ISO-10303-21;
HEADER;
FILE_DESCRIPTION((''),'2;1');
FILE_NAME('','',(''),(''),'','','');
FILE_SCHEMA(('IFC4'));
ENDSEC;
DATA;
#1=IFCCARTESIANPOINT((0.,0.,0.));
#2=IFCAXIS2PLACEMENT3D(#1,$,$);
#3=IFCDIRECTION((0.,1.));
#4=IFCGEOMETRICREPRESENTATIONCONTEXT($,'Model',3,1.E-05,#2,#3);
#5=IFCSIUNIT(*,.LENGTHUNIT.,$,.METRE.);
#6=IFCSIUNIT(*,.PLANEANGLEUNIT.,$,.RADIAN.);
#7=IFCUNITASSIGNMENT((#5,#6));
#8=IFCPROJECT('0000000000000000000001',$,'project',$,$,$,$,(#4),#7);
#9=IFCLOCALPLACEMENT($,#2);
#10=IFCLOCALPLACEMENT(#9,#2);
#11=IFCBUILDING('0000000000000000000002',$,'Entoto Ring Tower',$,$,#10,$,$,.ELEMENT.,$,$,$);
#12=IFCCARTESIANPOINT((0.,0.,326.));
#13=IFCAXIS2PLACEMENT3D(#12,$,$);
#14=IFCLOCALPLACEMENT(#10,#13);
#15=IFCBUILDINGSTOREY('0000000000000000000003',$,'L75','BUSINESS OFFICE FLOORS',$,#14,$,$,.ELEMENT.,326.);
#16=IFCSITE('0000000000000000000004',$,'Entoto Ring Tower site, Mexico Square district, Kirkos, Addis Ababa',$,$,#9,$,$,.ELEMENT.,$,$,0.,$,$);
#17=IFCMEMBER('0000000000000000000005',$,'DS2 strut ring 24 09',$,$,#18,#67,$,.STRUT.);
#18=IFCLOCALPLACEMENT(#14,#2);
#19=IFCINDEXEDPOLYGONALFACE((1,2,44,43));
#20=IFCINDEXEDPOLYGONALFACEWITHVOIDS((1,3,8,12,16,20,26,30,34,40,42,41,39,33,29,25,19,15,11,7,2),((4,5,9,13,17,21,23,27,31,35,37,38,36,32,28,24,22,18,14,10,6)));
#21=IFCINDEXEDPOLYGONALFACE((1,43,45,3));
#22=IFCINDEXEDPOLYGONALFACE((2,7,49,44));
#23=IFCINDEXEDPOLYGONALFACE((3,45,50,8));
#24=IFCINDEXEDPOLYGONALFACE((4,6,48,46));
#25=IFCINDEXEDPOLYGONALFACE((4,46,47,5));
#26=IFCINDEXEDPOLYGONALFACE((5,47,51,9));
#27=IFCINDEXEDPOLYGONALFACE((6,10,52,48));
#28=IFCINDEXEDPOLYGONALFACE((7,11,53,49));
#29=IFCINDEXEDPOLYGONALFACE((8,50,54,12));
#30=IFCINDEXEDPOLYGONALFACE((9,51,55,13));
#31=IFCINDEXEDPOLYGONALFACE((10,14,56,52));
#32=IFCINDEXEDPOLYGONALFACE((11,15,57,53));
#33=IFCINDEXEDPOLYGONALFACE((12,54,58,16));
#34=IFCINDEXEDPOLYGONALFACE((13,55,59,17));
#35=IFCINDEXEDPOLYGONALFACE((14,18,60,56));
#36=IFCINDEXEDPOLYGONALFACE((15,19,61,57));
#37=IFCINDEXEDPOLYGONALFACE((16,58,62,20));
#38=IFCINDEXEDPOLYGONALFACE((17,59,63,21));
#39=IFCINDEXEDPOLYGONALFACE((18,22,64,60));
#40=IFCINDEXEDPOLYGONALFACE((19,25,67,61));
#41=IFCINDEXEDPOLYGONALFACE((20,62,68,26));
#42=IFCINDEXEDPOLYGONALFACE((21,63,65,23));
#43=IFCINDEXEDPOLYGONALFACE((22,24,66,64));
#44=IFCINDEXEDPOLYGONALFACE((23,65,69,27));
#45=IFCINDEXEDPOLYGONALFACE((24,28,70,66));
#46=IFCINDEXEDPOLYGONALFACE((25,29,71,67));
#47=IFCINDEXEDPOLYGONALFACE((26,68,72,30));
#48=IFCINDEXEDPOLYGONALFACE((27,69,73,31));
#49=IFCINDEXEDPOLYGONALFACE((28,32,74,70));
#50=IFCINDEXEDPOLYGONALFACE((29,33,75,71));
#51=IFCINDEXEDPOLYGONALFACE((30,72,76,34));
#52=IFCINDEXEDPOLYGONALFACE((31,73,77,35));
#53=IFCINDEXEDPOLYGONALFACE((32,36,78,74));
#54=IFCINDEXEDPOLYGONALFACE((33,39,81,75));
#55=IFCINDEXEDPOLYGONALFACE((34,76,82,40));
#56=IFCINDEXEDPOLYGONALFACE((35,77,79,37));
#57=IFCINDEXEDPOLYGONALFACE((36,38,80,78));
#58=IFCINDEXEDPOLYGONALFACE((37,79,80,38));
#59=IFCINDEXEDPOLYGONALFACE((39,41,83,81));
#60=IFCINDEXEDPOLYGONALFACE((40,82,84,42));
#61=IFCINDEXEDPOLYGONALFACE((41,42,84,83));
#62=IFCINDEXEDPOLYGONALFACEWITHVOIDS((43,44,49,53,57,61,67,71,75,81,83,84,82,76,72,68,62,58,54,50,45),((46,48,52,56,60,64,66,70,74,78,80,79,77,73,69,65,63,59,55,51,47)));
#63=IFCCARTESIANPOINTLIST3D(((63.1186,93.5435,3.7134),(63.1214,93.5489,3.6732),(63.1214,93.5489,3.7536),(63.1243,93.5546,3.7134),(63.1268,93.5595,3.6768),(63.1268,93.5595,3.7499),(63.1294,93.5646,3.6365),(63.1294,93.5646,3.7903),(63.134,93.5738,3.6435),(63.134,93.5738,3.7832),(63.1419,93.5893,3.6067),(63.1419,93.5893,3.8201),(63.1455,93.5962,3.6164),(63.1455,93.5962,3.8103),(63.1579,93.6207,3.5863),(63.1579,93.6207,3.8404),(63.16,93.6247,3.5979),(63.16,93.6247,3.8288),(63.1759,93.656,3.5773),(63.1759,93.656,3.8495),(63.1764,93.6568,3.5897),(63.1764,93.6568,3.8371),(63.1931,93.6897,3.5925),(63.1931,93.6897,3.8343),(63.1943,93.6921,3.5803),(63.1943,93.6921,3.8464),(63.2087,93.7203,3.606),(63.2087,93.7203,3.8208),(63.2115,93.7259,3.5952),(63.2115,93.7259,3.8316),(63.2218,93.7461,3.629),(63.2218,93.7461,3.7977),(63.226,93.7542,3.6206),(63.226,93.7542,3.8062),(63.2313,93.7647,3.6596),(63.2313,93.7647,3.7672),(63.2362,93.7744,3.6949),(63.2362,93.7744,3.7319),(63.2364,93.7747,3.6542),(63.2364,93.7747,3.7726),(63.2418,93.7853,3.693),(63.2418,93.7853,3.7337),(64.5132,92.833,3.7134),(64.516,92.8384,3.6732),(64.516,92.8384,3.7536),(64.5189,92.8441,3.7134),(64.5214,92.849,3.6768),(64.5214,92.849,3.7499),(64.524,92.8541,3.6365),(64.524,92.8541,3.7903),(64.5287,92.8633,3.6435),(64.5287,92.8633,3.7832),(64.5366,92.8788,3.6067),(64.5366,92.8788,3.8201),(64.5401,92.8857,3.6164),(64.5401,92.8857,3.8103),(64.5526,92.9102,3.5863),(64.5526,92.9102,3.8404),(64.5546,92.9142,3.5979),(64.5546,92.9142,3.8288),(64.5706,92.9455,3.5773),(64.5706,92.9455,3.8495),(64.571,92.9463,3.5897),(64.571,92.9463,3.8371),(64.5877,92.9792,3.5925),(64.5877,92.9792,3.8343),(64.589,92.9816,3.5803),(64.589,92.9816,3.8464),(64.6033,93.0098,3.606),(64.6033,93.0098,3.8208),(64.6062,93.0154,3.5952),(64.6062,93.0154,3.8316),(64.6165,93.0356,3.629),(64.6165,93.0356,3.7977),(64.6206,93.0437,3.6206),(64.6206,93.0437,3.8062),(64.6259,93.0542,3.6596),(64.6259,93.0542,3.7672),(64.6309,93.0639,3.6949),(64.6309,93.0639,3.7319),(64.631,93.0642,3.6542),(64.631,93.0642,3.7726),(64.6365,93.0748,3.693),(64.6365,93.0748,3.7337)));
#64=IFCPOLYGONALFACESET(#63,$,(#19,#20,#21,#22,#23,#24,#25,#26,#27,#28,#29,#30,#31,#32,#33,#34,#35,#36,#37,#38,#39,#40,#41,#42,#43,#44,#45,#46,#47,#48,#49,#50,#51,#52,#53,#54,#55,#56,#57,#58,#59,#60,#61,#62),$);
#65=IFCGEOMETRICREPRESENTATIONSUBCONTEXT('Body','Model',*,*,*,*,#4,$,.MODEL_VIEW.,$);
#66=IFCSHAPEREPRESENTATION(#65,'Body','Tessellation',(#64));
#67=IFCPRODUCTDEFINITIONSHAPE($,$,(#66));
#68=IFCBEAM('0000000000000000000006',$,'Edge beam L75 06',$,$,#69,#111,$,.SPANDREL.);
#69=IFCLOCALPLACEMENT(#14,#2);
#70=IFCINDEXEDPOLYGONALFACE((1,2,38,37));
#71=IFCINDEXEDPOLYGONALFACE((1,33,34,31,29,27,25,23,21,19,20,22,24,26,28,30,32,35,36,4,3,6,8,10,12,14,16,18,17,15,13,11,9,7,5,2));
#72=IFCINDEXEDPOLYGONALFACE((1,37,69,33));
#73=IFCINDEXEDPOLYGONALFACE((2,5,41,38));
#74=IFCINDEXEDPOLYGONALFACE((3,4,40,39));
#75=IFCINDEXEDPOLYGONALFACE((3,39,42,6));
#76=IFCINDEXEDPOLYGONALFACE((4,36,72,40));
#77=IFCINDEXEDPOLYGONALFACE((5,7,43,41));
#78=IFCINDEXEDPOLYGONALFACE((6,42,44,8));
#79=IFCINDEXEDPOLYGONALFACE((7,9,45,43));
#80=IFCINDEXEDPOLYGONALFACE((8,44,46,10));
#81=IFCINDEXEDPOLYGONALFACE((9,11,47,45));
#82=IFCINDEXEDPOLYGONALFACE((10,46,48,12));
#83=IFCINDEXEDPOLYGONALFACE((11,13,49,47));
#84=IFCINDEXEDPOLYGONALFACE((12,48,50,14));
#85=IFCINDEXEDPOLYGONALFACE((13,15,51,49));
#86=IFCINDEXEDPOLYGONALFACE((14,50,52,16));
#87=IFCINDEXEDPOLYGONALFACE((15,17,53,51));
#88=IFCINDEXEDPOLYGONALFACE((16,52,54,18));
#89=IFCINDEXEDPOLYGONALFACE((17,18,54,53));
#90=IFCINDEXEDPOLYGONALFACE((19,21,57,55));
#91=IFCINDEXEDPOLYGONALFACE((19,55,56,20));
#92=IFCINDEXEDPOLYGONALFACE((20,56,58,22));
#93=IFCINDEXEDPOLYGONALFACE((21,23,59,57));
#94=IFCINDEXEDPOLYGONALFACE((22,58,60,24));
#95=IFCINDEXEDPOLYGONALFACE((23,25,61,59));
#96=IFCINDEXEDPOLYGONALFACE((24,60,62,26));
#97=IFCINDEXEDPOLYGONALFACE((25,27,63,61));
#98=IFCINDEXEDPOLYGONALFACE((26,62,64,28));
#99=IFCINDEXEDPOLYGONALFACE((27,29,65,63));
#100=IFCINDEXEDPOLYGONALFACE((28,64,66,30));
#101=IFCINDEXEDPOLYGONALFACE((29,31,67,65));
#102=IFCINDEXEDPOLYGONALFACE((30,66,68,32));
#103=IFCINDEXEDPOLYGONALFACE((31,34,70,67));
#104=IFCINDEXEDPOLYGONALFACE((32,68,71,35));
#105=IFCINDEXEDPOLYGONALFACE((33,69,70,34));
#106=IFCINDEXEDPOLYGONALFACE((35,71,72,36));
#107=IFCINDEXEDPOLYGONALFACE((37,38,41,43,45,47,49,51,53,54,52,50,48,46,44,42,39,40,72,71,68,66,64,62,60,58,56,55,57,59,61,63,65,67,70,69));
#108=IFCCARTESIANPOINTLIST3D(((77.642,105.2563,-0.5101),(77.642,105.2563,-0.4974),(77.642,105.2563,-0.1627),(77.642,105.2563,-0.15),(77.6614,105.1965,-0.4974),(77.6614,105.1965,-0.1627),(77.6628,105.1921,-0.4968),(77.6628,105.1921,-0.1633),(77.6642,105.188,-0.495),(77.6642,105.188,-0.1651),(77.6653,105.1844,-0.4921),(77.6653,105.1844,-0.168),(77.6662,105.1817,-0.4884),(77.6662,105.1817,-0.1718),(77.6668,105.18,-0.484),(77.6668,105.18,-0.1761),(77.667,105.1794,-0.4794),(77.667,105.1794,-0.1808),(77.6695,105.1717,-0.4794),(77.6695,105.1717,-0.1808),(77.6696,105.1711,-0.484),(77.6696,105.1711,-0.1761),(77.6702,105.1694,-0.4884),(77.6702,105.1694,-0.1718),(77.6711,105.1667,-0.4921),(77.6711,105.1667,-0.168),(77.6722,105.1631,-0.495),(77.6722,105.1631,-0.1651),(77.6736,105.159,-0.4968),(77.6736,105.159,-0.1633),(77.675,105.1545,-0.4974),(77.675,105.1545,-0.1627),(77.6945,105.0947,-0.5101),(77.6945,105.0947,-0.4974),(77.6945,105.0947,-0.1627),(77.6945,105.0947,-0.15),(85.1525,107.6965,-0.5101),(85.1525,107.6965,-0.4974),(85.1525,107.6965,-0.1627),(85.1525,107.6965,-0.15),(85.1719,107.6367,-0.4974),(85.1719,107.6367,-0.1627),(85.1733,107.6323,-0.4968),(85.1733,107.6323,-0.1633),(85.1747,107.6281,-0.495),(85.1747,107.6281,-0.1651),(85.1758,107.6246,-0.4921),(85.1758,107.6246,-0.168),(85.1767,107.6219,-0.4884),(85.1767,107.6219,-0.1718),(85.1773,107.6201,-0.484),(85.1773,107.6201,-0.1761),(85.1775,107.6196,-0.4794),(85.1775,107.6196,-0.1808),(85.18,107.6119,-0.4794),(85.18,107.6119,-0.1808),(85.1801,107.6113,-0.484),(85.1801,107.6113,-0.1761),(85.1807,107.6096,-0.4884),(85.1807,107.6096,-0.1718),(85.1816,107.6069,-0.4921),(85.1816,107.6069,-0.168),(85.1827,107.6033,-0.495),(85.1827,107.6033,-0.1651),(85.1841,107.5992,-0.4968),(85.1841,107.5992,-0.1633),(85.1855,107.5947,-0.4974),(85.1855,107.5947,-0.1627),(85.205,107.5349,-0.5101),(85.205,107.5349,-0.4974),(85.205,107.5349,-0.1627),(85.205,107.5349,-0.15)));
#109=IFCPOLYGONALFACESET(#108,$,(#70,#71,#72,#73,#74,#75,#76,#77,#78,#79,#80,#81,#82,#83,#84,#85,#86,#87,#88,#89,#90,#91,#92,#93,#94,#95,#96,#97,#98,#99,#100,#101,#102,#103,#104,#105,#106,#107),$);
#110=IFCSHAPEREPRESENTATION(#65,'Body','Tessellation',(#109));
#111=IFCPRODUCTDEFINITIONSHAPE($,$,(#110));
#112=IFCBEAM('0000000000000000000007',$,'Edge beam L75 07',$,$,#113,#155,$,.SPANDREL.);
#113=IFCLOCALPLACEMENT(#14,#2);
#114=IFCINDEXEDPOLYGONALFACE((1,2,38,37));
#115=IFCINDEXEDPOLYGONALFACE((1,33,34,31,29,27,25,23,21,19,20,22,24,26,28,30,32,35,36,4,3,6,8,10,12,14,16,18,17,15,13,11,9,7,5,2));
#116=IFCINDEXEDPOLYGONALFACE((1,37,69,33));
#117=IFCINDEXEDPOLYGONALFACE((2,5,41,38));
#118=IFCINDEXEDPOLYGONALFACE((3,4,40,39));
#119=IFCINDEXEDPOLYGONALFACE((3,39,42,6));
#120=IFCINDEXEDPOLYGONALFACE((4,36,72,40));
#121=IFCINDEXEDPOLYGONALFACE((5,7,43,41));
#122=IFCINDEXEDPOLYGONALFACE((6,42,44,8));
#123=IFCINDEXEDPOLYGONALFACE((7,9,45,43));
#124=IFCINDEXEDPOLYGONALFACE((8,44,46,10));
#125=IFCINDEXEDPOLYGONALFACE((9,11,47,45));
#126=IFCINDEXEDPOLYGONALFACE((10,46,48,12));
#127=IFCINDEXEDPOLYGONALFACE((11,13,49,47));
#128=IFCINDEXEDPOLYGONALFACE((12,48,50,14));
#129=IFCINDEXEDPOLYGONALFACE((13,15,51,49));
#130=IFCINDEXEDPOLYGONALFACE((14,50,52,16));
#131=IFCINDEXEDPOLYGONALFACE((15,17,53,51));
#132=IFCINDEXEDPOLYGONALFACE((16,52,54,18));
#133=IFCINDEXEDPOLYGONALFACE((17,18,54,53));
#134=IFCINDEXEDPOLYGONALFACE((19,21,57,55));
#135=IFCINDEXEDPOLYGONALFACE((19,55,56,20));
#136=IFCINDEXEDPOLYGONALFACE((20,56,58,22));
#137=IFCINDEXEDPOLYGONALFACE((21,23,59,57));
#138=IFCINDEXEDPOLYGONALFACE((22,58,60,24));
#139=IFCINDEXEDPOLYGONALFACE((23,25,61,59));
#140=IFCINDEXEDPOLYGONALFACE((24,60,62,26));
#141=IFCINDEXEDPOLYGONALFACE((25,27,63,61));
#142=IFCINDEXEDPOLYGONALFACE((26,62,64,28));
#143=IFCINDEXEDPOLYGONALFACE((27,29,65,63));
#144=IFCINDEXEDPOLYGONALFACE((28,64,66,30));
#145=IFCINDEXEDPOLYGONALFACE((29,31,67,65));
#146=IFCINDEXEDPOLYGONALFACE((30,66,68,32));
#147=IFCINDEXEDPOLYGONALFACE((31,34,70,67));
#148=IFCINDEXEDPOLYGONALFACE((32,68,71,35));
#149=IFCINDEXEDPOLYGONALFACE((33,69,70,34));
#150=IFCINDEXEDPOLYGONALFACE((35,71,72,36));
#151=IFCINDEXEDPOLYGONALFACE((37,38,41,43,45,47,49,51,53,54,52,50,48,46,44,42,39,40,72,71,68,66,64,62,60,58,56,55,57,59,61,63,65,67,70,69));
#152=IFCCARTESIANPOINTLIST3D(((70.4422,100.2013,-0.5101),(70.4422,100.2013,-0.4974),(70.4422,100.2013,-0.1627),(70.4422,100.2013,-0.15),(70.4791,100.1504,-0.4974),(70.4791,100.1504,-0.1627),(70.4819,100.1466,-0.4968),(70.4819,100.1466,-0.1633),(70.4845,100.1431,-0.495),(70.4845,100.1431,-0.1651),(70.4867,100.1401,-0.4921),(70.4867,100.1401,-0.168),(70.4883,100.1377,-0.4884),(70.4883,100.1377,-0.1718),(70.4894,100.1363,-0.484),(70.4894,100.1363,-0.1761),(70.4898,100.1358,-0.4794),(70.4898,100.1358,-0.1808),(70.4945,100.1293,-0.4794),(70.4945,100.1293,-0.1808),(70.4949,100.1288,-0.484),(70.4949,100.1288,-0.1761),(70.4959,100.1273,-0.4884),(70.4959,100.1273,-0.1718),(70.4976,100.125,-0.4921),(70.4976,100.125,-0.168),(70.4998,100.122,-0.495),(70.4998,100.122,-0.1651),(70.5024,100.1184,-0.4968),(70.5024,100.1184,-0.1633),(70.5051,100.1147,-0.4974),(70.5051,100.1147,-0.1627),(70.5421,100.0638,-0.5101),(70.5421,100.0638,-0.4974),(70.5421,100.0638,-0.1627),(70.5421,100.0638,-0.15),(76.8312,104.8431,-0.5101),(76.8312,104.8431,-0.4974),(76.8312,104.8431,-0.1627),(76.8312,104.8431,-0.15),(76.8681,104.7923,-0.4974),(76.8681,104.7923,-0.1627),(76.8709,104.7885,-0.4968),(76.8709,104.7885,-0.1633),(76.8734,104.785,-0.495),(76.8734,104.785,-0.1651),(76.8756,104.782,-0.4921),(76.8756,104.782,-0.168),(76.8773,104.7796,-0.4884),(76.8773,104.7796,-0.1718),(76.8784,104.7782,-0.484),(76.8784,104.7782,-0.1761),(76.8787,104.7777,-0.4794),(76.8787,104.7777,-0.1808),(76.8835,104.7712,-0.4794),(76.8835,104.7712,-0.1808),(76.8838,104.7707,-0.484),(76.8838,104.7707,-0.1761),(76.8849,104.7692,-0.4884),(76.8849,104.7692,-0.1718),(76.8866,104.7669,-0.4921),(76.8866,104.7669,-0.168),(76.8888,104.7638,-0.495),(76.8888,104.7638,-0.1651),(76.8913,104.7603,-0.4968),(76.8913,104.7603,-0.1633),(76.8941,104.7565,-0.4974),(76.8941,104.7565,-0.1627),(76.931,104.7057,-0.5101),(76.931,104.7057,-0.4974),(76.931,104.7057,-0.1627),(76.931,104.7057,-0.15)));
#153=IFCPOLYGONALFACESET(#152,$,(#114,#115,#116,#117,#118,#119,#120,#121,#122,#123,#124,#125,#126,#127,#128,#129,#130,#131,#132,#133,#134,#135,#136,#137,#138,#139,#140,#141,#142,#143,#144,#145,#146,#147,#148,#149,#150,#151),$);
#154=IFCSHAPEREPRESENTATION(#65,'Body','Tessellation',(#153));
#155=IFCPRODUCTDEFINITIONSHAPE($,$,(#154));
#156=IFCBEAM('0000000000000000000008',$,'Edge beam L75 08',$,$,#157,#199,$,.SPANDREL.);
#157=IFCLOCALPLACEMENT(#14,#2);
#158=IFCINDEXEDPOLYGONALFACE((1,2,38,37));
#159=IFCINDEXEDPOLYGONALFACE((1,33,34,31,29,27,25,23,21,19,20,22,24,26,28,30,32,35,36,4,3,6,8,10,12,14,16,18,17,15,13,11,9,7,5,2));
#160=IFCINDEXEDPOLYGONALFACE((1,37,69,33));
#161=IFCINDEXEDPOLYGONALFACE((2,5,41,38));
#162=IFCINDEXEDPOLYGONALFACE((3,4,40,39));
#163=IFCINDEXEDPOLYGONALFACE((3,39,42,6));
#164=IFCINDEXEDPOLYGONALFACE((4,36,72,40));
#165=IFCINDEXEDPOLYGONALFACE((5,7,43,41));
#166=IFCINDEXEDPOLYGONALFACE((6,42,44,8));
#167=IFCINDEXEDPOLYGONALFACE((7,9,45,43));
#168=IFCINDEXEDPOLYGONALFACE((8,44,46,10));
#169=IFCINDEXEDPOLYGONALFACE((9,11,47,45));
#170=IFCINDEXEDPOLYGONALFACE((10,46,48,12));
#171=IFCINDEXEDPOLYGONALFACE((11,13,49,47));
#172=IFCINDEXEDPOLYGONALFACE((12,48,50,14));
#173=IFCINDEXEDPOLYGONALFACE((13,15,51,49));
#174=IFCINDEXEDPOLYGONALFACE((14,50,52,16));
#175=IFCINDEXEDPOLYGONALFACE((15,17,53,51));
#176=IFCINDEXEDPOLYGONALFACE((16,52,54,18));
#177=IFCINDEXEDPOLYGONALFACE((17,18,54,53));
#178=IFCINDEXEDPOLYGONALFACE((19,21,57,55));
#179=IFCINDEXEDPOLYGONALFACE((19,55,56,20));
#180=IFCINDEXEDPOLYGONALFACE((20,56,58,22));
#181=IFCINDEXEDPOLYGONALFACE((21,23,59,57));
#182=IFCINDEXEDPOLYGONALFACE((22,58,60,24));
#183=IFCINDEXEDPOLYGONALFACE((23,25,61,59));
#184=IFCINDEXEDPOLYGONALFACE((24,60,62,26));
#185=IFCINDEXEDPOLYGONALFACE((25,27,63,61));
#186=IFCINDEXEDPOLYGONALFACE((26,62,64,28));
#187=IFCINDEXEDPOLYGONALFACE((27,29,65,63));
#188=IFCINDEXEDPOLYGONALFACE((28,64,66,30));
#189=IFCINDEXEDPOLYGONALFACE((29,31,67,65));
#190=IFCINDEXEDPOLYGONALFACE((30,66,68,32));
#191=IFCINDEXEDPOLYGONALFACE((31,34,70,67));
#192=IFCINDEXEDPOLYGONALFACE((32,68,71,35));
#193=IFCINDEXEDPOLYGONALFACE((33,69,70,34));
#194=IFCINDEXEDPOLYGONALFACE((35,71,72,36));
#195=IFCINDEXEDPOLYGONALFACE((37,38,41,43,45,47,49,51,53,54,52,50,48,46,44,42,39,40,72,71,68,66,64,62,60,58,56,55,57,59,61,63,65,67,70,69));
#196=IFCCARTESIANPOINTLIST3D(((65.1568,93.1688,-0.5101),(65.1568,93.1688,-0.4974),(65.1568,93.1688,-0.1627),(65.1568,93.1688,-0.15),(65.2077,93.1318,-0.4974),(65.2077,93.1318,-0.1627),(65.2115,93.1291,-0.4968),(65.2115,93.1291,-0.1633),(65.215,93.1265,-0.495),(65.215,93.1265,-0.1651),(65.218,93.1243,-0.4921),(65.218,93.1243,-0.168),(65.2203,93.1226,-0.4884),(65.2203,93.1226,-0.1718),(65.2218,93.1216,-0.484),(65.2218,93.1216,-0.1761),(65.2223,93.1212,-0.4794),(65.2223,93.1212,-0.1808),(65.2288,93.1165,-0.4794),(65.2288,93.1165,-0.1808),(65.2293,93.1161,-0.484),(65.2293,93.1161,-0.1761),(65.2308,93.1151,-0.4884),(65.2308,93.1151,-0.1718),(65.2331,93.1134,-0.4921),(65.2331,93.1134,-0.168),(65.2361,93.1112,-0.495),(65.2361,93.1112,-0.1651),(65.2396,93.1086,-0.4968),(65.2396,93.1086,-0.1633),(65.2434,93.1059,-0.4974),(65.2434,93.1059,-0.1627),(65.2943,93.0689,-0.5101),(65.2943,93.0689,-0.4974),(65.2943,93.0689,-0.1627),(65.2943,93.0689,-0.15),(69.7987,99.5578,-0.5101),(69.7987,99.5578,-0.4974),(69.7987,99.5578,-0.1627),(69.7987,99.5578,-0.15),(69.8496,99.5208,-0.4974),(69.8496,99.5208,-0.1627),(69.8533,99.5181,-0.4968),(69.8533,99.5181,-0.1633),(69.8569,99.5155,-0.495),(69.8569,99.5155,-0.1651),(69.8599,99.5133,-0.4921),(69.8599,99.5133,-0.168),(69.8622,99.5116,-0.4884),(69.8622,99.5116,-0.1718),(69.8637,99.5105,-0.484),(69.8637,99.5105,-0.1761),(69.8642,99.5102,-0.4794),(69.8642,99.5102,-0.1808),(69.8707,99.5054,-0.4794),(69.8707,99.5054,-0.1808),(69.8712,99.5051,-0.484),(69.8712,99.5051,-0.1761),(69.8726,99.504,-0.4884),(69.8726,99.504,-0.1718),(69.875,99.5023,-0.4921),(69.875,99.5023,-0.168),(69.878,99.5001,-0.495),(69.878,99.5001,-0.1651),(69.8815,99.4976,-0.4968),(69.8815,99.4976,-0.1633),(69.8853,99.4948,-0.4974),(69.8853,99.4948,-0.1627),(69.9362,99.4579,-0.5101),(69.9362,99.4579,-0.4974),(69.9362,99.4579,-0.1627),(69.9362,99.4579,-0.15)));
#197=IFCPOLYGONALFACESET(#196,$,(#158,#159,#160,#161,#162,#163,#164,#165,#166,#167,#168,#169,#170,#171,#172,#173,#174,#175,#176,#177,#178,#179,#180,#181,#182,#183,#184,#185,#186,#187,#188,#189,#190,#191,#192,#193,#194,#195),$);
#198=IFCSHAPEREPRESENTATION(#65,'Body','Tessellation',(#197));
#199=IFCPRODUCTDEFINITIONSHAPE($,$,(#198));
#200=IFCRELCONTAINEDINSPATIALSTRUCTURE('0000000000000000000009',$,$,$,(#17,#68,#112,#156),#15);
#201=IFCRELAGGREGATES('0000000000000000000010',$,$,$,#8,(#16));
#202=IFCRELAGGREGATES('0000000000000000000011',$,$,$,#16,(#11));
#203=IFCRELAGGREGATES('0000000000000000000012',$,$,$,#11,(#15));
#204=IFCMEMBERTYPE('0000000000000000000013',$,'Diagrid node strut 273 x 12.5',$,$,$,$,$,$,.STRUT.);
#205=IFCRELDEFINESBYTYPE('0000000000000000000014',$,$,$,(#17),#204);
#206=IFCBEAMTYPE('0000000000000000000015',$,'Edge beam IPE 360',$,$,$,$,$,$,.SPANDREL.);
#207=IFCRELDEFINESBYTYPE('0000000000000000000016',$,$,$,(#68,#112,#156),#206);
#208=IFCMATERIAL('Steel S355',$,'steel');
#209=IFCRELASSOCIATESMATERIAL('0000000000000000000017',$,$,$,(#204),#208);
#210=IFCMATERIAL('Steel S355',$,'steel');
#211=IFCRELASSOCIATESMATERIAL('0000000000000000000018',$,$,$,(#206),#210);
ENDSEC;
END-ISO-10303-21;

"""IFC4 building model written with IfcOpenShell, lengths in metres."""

from ifc_helpers import new_model, si_unit, direction, frame, origin, origin_2d, place, context, subcontext, project, spatial, circle, hollow_circle, i_section, extrude, material, material_profile, profile_set, type_object, element, save


model = new_model("IFC4")

# Units and contexts
model_context = context("Model", 3, precision=1e-05, world=origin(), true_north=direction((0.0, 1.0)))
body_context = subcontext(model_context, "Body", "Model", "MODEL_VIEW")
ifc_project = project(units=[si_unit("LENGTHUNIT", "METRE"), si_unit("PLANEANGLEUNIT", "RADIAN")], contexts=[model_context])

# Site, building, storey
site_placement = place(None, origin())
site = spatial("IfcSite", under=ifc_project, at=site_placement, Name="Entoto Ring Tower site, Mexico Square district, Kirkos, Addis Ababa", CompositionType="ELEMENT", RefElevation=0.0)
building_placement = place(site_placement, origin())
building = spatial("IfcBuilding", under=site, at=building_placement, Name="Entoto Ring Tower", CompositionType="ELEMENT")
storey_placement = place(building_placement, frame((0.0, 0.0, 326.0)))
storey = spatial("IfcBuildingStorey", under=building, at=storey_placement, Name="L75", Description="BUSINESS OFFICE FLOORS", CompositionType="ELEMENT", Elevation=326.0)

# Member
ifc_material_1 = material(Name="Steel S355", Category="steel")
ifc_material_profile_1 = material_profile(ifc_material_1, hollow_circle(Radius=0.1365, WallThickness=0.0125, at=origin_2d()), Name="CHS 273 x 12.5")
ifc_material_2 = material(Name="Concrete C60/75", Category="concrete")
ifc_material_profile_2 = material_profile(ifc_material_2, circle(Radius=0.124, at=origin_2d()), Name="Concrete C60/75 infill")
ifc_profile_set_1 = profile_set([ifc_material_profile_1, ifc_material_profile_2], Name="Steel S355")
member_type = type_object("IfcMemberType", Name="Diagrid node strut 273 x 12.5", PredefinedType="STRUT", material=ifc_profile_set_1)
for number, where, z_axis, x_axis, name in (
    (1, (64.5752, 92.9546, 3.7134), (-0.891032, 0.45394, 0.0), (-0.45394, -0.891032, 0.0), "DS2 strut ring 24 09"),
):
    element("IfcMember", number, at=place(storey_placement, frame(where, z_axis=z_axis, x_axis=x_axis)), inside=storey, type_object=member_type, Name=name, PredefinedType="STRUT", context=body_context, shape_type="SweptSolid", body=[
        extrude(hollow_circle(Radius=0.1365, WallThickness=0.0125, at=origin_2d()), origin(), (0.0, 0.0, 1.0), 1.5652),
    ])

# Beams
ifc_material_3 = material(Name="Steel S355", Category="steel")
ifc_material_profile_3 = material_profile(ifc_material_3, i_section(OverallWidth=0.1699, OverallDepth=0.3601, WebThickness=0.0081, FlangeThickness=0.0127, FilletRadius=0.0181, at=origin_2d()), Name="IPE 360")
ifc_profile_set_2 = profile_set([ifc_material_profile_3], Name="Steel S355")
beam_type_1 = type_object("IfcBeamType", Name="Edge beam IPE 360", PredefinedType="SPANDREL", material=ifc_profile_set_2)
beam_1_placement = place(storey_placement, frame((85.1787, 107.6157, -0.3301), z_axis=(-0.951061, -0.309003, 0.0), x_axis=(0.309003, -0.951061, 0.0)))
element("IfcBeam", 2, at=beam_1_placement, inside=storey, type_object=beam_type_1, Name="Edge beam L75 06", PredefinedType="SPANDREL", context=body_context, shape_type="SweptSolid", body=[
    extrude(i_section(OverallWidth=0.1699, OverallDepth=0.3601, WebThickness=0.0081, FlangeThickness=0.0127, FilletRadius=0.0181, at=origin_2d()), origin(), (0.0, 0.0, 1.0), 7.897),
])
for number, where, z_axis, x_axis, name in (
    (3, (76.8811, 104.7744, -0.3301), (-0.809015, -0.587787, 0.0), (0.587787, -0.809015, 0.0), "Edge beam L75 07"),
    (4, (69.8674, 99.5078, -0.3301), (-0.587787, -0.809015, 0.0), (0.809015, -0.587787, 0.0), "Edge beam L75 08"),
):
    element("IfcBeam", number, at=place(storey_placement, frame(where, z_axis=z_axis, x_axis=x_axis)), inside=storey, type_object=beam_type_1, Name=name, PredefinedType="SPANDREL", context=body_context, shape_type="SweptSolid", body=[
        extrude(i_section(OverallWidth=0.1699, OverallDepth=0.3601, WebThickness=0.0081, FlangeThickness=0.0127, FilletRadius=0.0181, at=origin_2d()), origin(), (0.0, 0.0, 1.0), 7.8972),
    ])

save(model, "model.ifc")
